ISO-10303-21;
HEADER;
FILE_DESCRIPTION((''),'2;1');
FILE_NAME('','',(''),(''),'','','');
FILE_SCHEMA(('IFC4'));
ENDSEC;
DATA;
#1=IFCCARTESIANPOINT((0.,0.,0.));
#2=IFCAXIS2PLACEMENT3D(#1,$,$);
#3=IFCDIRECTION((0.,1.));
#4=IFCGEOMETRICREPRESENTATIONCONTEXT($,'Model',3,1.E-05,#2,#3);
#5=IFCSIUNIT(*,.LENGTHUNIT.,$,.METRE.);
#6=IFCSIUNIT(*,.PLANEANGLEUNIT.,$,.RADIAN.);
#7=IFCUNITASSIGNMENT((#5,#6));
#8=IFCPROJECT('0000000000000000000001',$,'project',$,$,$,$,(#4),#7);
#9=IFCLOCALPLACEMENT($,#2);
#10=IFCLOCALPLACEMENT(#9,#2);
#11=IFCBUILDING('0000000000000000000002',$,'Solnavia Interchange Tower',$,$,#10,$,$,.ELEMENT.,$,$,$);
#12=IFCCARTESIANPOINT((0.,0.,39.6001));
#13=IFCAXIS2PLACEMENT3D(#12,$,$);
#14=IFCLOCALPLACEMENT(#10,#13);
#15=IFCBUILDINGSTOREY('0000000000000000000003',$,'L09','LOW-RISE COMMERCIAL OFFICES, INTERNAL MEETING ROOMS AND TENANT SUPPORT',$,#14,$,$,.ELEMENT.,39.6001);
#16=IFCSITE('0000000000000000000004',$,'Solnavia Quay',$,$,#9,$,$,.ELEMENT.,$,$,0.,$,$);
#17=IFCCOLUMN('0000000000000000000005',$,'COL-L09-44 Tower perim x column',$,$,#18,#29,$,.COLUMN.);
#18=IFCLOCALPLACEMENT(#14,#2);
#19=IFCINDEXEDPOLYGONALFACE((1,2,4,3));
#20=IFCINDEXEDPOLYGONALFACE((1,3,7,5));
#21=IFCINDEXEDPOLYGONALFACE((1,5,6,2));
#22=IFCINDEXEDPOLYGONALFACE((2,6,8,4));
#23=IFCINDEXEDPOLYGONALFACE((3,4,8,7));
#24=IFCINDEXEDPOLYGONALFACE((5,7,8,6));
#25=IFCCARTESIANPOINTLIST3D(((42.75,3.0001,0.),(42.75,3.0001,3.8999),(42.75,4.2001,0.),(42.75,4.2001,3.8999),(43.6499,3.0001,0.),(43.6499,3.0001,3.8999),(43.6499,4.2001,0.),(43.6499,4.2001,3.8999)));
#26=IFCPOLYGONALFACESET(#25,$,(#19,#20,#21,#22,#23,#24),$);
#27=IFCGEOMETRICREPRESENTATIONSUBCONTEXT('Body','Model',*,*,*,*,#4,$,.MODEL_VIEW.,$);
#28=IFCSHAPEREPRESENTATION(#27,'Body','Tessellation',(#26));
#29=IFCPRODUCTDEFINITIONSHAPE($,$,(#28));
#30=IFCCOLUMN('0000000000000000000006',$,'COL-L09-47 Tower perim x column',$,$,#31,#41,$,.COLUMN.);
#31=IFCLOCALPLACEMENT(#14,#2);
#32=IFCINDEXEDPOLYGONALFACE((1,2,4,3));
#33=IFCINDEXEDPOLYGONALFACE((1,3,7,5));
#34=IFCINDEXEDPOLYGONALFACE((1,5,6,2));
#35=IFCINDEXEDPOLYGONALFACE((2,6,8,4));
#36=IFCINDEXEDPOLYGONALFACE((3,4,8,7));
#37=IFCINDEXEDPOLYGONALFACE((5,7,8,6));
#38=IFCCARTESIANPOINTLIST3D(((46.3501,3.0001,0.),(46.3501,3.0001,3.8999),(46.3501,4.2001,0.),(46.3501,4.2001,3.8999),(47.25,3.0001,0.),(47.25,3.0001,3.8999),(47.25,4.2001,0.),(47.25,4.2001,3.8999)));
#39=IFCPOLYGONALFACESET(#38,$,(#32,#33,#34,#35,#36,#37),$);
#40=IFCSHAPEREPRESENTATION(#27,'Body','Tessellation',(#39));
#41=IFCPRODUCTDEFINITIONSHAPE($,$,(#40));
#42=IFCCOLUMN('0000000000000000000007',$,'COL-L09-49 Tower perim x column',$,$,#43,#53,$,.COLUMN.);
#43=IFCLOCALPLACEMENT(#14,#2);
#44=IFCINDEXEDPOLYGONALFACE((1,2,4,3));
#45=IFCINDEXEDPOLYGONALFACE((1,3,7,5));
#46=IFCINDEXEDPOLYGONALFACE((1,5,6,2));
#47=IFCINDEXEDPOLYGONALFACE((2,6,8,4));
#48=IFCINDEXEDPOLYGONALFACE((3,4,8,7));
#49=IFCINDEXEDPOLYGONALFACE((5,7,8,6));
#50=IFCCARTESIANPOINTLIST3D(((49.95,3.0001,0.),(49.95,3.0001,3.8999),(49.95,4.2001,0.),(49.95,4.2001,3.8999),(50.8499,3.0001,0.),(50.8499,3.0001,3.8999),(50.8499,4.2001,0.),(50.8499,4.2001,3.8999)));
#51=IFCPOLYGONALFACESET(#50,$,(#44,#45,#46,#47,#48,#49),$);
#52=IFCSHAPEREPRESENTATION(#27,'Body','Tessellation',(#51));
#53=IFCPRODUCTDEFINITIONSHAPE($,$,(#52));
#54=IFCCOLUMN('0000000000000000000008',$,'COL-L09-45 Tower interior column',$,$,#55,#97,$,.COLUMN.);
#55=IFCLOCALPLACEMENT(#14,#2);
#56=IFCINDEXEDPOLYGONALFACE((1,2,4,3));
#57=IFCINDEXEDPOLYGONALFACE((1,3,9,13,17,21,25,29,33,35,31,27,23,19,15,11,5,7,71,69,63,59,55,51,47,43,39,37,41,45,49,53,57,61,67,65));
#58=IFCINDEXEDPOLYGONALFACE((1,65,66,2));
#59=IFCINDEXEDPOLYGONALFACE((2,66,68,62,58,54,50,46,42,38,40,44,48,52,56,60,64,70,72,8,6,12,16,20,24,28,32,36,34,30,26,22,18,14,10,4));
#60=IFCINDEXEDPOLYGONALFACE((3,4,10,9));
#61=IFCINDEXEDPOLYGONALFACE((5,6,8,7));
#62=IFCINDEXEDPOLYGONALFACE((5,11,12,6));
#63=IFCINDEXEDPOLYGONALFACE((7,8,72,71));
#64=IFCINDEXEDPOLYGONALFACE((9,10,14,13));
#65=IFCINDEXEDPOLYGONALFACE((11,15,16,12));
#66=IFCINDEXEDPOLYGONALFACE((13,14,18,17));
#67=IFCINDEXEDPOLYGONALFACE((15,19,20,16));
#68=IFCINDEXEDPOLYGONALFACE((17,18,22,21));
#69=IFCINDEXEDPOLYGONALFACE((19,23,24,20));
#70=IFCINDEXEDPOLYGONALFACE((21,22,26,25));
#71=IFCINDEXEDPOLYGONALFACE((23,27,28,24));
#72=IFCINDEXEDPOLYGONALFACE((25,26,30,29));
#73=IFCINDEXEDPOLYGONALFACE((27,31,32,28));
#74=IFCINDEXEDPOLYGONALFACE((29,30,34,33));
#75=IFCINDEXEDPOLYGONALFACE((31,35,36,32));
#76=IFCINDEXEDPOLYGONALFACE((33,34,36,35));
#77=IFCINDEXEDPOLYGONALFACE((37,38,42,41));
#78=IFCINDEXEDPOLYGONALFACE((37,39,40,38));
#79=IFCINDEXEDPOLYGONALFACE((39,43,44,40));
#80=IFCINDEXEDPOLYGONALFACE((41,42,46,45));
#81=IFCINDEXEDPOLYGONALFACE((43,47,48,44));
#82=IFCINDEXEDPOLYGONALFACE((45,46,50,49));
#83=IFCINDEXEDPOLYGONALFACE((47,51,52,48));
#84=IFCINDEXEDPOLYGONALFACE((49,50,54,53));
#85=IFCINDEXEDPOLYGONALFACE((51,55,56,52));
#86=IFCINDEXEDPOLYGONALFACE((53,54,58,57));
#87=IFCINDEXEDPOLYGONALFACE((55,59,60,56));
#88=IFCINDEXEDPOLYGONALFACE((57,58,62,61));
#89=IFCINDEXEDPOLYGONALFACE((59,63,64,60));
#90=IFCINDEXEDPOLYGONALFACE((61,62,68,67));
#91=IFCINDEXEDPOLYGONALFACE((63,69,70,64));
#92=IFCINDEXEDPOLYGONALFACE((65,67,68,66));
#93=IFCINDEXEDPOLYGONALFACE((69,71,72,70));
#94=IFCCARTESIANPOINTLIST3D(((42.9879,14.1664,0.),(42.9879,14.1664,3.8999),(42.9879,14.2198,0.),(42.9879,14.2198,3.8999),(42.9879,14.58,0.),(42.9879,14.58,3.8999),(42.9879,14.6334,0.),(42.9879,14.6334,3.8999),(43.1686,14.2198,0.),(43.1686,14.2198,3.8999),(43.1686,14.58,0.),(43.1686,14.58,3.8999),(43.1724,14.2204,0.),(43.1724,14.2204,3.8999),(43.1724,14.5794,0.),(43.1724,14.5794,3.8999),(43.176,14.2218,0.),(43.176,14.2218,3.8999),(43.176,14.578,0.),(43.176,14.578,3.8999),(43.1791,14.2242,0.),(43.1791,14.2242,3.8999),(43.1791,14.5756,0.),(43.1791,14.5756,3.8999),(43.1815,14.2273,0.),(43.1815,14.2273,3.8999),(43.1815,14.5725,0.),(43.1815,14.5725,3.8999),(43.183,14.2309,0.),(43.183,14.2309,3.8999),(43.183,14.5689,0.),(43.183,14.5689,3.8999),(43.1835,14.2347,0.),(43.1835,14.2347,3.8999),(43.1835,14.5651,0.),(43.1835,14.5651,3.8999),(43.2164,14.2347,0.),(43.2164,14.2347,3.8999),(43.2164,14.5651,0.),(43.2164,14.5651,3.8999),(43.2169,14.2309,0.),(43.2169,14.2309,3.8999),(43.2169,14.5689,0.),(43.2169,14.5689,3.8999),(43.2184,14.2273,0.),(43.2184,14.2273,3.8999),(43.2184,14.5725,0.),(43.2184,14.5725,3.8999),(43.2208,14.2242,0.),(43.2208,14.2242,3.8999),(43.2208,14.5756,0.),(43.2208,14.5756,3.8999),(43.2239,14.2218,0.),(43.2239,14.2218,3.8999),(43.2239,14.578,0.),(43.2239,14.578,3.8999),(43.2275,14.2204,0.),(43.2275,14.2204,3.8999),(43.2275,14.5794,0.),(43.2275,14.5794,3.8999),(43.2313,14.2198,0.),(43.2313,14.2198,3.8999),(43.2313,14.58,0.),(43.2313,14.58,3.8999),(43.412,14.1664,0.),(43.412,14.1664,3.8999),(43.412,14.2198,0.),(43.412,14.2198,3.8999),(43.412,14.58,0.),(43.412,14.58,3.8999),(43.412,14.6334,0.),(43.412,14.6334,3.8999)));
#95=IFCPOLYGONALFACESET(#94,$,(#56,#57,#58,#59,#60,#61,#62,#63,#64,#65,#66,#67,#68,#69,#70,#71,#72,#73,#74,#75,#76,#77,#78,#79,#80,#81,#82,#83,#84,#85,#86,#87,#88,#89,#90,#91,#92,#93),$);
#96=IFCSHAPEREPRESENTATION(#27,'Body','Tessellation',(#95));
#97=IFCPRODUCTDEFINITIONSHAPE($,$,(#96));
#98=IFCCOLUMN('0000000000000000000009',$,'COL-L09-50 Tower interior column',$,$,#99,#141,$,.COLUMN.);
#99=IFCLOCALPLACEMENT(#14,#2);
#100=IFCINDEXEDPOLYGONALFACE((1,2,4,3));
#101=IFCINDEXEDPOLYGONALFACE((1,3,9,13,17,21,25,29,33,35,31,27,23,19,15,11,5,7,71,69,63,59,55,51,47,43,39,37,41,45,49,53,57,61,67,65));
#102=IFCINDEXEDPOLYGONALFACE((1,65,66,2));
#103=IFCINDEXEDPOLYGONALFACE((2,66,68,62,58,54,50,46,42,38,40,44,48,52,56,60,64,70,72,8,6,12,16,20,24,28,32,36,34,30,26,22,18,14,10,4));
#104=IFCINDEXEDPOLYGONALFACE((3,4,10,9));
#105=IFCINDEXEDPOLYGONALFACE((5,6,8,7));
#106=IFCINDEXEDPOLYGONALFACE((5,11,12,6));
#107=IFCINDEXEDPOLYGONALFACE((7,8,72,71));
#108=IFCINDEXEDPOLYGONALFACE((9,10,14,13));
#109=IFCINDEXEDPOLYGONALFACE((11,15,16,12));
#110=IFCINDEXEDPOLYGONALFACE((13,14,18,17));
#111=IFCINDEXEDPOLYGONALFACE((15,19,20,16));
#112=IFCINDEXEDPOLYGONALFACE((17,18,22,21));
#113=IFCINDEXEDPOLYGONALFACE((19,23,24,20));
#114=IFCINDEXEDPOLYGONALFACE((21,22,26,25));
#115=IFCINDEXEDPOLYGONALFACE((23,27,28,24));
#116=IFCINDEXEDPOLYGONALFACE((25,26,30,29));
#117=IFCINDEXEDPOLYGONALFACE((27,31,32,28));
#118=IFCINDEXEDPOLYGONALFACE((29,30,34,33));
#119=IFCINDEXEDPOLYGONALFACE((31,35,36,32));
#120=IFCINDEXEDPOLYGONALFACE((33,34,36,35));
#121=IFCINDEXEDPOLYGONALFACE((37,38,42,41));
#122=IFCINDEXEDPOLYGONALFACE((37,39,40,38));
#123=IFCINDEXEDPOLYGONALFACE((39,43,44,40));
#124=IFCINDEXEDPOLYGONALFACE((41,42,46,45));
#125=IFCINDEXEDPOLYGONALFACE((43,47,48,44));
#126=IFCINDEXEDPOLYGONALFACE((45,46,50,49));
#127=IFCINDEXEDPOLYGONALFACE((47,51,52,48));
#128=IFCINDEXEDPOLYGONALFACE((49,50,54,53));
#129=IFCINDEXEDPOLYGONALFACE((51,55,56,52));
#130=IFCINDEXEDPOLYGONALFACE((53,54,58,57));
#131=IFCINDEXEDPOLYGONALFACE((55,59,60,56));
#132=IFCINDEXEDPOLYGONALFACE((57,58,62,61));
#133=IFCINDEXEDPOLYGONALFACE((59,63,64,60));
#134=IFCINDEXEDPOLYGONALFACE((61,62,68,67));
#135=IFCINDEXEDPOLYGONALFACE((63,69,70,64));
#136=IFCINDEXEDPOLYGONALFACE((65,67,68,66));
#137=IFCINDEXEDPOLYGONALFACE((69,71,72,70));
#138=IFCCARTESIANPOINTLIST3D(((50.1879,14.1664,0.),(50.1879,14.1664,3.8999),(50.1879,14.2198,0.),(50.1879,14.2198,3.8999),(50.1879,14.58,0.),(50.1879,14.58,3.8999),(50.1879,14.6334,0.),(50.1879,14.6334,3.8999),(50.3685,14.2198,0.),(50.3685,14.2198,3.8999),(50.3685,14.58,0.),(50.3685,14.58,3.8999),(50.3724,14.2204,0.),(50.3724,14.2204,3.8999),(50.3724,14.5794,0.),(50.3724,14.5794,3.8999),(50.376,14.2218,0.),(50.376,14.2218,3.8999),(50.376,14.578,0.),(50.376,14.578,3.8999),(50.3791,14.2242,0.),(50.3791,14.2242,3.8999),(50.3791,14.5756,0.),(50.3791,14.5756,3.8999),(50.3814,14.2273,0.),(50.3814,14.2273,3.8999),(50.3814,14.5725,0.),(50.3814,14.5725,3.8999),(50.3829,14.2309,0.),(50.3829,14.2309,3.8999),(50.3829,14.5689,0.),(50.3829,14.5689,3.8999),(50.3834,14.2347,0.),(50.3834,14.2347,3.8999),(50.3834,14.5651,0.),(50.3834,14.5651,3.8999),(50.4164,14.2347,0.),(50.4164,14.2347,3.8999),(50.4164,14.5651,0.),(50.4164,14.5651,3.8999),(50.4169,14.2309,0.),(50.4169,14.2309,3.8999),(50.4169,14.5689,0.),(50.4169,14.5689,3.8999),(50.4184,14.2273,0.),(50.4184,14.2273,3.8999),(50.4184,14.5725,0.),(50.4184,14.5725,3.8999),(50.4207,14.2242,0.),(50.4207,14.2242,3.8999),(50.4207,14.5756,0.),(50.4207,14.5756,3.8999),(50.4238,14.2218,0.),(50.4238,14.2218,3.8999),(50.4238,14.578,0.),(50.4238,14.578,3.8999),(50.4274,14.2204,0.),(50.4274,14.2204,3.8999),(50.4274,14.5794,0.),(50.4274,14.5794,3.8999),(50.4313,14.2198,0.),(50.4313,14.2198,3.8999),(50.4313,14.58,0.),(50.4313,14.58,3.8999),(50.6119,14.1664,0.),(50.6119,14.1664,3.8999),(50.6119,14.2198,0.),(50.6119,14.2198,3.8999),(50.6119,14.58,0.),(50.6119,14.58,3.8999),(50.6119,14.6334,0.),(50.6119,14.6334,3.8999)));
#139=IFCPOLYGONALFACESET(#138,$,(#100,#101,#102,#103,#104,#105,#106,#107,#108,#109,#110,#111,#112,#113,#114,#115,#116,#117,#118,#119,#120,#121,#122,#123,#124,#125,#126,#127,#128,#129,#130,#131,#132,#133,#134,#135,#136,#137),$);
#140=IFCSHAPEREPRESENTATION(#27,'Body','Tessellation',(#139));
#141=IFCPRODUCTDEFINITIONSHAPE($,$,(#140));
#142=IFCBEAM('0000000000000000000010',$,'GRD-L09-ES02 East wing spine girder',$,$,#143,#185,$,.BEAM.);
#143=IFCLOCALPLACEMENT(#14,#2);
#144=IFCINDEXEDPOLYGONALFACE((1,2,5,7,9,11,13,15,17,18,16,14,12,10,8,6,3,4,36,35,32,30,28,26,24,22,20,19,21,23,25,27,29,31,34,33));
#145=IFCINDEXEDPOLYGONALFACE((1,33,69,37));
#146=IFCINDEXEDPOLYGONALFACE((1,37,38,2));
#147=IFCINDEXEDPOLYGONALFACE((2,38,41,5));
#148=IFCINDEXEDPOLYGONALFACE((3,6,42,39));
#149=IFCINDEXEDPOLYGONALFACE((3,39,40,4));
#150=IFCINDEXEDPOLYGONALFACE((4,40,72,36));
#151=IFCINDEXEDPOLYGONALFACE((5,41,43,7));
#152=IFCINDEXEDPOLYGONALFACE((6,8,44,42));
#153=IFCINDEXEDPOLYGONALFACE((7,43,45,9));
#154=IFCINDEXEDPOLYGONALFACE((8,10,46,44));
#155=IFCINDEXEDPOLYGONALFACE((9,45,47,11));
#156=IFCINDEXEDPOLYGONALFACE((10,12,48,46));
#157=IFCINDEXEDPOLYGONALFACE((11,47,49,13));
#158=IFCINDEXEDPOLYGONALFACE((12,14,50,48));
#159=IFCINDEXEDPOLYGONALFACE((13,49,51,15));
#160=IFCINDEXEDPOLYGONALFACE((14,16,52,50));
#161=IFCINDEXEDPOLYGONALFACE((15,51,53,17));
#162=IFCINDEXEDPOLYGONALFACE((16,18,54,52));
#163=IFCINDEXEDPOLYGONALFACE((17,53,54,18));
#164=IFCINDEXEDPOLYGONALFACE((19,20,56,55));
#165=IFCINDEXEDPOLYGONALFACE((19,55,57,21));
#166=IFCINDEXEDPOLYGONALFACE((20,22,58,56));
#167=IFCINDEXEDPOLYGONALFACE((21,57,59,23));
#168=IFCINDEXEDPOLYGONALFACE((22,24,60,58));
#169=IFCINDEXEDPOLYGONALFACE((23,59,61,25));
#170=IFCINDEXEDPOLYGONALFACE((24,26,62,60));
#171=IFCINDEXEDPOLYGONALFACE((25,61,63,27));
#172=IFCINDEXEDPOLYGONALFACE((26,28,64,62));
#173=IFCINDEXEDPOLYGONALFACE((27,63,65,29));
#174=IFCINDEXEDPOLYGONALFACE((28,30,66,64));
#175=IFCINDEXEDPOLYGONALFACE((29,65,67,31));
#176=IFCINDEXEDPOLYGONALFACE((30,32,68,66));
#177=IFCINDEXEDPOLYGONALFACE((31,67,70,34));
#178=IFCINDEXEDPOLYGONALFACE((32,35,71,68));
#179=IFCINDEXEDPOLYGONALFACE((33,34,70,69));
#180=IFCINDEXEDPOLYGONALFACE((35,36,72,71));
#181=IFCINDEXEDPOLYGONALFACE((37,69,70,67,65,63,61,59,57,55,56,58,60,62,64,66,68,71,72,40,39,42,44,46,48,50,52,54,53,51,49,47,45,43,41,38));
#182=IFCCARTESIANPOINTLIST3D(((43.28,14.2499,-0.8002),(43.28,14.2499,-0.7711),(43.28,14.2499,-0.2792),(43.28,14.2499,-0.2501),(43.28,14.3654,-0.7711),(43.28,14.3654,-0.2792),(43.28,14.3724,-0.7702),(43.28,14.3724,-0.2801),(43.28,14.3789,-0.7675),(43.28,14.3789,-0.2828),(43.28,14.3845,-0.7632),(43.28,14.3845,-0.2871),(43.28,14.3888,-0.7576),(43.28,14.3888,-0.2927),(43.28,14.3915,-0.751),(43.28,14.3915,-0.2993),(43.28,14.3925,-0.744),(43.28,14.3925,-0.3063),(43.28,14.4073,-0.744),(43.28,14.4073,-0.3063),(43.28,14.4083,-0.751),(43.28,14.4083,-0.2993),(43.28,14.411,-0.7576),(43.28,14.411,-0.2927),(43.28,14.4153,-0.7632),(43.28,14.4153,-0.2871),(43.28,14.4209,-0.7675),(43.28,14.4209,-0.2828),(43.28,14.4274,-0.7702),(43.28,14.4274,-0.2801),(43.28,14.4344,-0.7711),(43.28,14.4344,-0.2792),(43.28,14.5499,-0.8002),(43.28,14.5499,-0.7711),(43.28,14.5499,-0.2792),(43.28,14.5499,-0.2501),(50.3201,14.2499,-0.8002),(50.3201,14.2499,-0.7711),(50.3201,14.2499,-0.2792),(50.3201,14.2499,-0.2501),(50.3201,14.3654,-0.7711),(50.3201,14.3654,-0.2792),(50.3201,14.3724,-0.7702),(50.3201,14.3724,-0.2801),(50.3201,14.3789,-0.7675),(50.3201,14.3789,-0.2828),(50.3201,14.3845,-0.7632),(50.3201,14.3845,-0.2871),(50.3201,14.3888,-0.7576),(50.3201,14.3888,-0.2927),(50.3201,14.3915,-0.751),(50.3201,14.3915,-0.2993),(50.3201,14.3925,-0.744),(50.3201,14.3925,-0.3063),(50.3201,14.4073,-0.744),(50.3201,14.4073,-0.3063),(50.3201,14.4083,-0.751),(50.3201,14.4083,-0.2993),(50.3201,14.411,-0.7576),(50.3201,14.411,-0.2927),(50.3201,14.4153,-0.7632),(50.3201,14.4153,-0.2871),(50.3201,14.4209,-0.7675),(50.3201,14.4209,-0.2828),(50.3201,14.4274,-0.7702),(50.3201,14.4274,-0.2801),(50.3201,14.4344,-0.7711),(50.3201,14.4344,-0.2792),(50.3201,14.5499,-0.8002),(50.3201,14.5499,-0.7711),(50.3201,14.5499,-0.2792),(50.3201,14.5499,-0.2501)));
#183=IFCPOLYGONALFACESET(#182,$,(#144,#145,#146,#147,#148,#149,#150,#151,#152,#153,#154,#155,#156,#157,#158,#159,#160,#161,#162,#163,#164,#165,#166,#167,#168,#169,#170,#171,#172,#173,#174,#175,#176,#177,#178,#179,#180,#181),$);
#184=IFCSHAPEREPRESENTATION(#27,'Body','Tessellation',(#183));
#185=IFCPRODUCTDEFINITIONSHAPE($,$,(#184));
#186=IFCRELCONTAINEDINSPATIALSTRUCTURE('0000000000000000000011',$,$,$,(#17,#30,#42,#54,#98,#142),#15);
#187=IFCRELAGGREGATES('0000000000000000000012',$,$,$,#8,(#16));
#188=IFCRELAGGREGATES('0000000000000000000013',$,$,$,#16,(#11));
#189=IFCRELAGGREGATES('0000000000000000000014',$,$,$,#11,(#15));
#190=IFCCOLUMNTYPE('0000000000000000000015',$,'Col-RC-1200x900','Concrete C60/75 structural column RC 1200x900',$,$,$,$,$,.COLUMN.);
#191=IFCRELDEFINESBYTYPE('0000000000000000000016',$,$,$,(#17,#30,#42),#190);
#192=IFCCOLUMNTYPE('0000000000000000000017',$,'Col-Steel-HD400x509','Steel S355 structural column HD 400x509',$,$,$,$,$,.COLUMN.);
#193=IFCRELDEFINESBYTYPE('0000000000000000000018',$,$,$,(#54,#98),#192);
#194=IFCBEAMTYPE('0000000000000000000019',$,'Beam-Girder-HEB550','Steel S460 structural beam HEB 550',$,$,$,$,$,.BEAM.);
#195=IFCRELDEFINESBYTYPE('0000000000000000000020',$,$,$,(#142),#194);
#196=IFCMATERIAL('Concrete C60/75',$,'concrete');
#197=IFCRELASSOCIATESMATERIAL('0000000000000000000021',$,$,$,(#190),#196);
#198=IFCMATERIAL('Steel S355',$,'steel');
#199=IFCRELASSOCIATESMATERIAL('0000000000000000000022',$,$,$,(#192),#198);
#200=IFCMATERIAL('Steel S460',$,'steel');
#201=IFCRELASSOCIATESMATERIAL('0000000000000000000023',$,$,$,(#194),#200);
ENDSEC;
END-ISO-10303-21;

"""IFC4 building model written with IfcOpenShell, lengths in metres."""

from ifc_helpers import new_model, si_unit, direction, frame, origin, origin_2d, place, context, subcontext, project, spatial, rectangle, i_section, extrude, material, material_profile, profile_set, type_object, element, save


model = new_model("IFC4")

# Units and contexts
model_context = context("Model", 3, precision=1e-05, world=origin(), true_north=direction((0.0, 1.0)))
body_context = subcontext(model_context, "Body", "Model", "MODEL_VIEW")
ifc_project = project(units=[si_unit("LENGTHUNIT", "METRE"), si_unit("PLANEANGLEUNIT", "RADIAN")], contexts=[model_context])

# Site, building, storey
site_placement = place(None, origin())
site = spatial("IfcSite", under=ifc_project, at=site_placement, Name="Solnavia Quay", CompositionType="ELEMENT", RefElevation=0.0)
building_placement = place(site_placement, origin())
building = spatial("IfcBuilding", under=site, at=building_placement, Name="Solnavia Interchange Tower", CompositionType="ELEMENT")
storey_placement = place(building_placement, frame((0.0, 0.0, 39.6001)))
storey = spatial("IfcBuildingStorey", under=building, at=storey_placement, Name="L09", Description="LOW-RISE COMMERCIAL OFFICES, INTERNAL MEETING ROOMS AND TENANT SUPPORT", CompositionType="ELEMENT", Elevation=39.6001)

# Columns
ifc_material_1 = material(Name="Concrete C60/75", Category="concrete")
ifc_material_profile_1 = material_profile(ifc_material_1, rectangle(XDim=0.8999, YDim=1.2, at=origin_2d()), Name="RC 1200x900")
ifc_profile_set_1 = profile_set([ifc_material_profile_1], Name="Concrete C60/75")
column_type_1 = type_object("IfcColumnType", Name="Col-RC-1200x900", Description="Concrete C60/75 structural column RC 1200x900", PredefinedType="COLUMN", material=ifc_profile_set_1)
for number, where, z_axis, x_axis, name in (
    (1, (43.2, 3.6001, 0.0), (0.0, 0.0, 1.0), (1.0, 0.0, 0.0), "COL-L09-44 Tower perim x column"),
    (2, (46.8, 3.6001, 0.0), (0.0, 0.0, 1.0), (1.0, 0.0, 0.0), "COL-L09-47 Tower perim x column"),
    (3, (50.3999, 3.6001, 0.0), (0.0, 0.0, 1.0), (1.0, 0.0, 0.0), "COL-L09-49 Tower perim x column"),
):
    element("IfcColumn", number, at=place(storey_placement, frame(where, z_axis=z_axis, x_axis=x_axis)), inside=storey, type_object=column_type_1, Name=name, PredefinedType="COLUMN", context=body_context, shape_type="SweptSolid", body=[
        extrude(rectangle(XDim=0.8999, YDim=1.2, at=origin_2d()), origin(), (0.0, 0.0, 1.0), 3.8999),
    ])
ifc_material_2 = material(Name="Steel S355", Category="steel")
ifc_material_profile_2 = material_profile(ifc_material_2, i_section(OverallWidth=0.4241, OverallDepth=0.467, WebThickness=0.033, FlangeThickness=0.0535, FilletRadius=0.0149, at=origin_2d()), Name="HD 400x509")
ifc_profile_set_2 = profile_set([ifc_material_profile_2], Name="Steel S355")
column_type_2 = type_object("IfcColumnType", Name="Col-Steel-HD400x509", Description="Steel S355 structural column HD 400x509", PredefinedType="COLUMN", material=ifc_profile_set_2)
for number, where, z_axis, x_axis, name in (
    (4, (43.2, 14.3999, 0.0), (0.0, 0.0, 1.0), (1.0, 0.0, 0.0), "COL-L09-45 Tower interior column"),
    (5, (50.3999, 14.3999, 0.0), (0.0, 0.0, 1.0), (1.0, 0.0, 0.0), "COL-L09-50 Tower interior column"),
):
    element("IfcColumn", number, at=place(storey_placement, frame(where, z_axis=z_axis, x_axis=x_axis)), inside=storey, type_object=column_type_2, Name=name, PredefinedType="COLUMN", context=body_context, shape_type="SweptSolid", body=[
        extrude(i_section(OverallWidth=0.4241, OverallDepth=0.467, WebThickness=0.033, FlangeThickness=0.0535, FilletRadius=0.0149, at=origin_2d()), origin(), (0.0, 0.0, 1.0), 3.8999),
    ])

# Beam
ifc_material_3 = material(Name="Steel S460", Category="steel")
ifc_material_profile_3 = material_profile(ifc_material_3, i_section(OverallWidth=0.3, OverallDepth=0.55, WebThickness=0.0149, FlangeThickness=0.0291, FilletRadius=0.0271, at=origin_2d()), Name="HEB 550")
ifc_profile_set_3 = profile_set([ifc_material_profile_3], Name="Steel S460")
beam_type_1 = type_object("IfcBeamType", Name="Beam-Girder-HEB550", Description="Steel S460 structural beam HEB 550", PredefinedType="BEAM", material=ifc_profile_set_3)
beam_1_placement = place(storey_placement, frame((43.28, 14.3999, -0.5251), z_axis=(1.0, 0.0, 0.0), x_axis=(0.0, 1.0, 0.0)))
element("IfcBeam", 6, at=beam_1_placement, inside=storey, type_object=beam_type_1, Name="GRD-L09-ES02 East wing spine girder", PredefinedType="BEAM", context=body_context, shape_type="SweptSolid", body=[
    extrude(i_section(OverallWidth=0.3, OverallDepth=0.55, WebThickness=0.0149, FlangeThickness=0.0291, FilletRadius=0.0271, at=origin_2d()), origin(), (0.0, 0.0, 1.0), 7.04),
])

save(model, "model.ifc")
